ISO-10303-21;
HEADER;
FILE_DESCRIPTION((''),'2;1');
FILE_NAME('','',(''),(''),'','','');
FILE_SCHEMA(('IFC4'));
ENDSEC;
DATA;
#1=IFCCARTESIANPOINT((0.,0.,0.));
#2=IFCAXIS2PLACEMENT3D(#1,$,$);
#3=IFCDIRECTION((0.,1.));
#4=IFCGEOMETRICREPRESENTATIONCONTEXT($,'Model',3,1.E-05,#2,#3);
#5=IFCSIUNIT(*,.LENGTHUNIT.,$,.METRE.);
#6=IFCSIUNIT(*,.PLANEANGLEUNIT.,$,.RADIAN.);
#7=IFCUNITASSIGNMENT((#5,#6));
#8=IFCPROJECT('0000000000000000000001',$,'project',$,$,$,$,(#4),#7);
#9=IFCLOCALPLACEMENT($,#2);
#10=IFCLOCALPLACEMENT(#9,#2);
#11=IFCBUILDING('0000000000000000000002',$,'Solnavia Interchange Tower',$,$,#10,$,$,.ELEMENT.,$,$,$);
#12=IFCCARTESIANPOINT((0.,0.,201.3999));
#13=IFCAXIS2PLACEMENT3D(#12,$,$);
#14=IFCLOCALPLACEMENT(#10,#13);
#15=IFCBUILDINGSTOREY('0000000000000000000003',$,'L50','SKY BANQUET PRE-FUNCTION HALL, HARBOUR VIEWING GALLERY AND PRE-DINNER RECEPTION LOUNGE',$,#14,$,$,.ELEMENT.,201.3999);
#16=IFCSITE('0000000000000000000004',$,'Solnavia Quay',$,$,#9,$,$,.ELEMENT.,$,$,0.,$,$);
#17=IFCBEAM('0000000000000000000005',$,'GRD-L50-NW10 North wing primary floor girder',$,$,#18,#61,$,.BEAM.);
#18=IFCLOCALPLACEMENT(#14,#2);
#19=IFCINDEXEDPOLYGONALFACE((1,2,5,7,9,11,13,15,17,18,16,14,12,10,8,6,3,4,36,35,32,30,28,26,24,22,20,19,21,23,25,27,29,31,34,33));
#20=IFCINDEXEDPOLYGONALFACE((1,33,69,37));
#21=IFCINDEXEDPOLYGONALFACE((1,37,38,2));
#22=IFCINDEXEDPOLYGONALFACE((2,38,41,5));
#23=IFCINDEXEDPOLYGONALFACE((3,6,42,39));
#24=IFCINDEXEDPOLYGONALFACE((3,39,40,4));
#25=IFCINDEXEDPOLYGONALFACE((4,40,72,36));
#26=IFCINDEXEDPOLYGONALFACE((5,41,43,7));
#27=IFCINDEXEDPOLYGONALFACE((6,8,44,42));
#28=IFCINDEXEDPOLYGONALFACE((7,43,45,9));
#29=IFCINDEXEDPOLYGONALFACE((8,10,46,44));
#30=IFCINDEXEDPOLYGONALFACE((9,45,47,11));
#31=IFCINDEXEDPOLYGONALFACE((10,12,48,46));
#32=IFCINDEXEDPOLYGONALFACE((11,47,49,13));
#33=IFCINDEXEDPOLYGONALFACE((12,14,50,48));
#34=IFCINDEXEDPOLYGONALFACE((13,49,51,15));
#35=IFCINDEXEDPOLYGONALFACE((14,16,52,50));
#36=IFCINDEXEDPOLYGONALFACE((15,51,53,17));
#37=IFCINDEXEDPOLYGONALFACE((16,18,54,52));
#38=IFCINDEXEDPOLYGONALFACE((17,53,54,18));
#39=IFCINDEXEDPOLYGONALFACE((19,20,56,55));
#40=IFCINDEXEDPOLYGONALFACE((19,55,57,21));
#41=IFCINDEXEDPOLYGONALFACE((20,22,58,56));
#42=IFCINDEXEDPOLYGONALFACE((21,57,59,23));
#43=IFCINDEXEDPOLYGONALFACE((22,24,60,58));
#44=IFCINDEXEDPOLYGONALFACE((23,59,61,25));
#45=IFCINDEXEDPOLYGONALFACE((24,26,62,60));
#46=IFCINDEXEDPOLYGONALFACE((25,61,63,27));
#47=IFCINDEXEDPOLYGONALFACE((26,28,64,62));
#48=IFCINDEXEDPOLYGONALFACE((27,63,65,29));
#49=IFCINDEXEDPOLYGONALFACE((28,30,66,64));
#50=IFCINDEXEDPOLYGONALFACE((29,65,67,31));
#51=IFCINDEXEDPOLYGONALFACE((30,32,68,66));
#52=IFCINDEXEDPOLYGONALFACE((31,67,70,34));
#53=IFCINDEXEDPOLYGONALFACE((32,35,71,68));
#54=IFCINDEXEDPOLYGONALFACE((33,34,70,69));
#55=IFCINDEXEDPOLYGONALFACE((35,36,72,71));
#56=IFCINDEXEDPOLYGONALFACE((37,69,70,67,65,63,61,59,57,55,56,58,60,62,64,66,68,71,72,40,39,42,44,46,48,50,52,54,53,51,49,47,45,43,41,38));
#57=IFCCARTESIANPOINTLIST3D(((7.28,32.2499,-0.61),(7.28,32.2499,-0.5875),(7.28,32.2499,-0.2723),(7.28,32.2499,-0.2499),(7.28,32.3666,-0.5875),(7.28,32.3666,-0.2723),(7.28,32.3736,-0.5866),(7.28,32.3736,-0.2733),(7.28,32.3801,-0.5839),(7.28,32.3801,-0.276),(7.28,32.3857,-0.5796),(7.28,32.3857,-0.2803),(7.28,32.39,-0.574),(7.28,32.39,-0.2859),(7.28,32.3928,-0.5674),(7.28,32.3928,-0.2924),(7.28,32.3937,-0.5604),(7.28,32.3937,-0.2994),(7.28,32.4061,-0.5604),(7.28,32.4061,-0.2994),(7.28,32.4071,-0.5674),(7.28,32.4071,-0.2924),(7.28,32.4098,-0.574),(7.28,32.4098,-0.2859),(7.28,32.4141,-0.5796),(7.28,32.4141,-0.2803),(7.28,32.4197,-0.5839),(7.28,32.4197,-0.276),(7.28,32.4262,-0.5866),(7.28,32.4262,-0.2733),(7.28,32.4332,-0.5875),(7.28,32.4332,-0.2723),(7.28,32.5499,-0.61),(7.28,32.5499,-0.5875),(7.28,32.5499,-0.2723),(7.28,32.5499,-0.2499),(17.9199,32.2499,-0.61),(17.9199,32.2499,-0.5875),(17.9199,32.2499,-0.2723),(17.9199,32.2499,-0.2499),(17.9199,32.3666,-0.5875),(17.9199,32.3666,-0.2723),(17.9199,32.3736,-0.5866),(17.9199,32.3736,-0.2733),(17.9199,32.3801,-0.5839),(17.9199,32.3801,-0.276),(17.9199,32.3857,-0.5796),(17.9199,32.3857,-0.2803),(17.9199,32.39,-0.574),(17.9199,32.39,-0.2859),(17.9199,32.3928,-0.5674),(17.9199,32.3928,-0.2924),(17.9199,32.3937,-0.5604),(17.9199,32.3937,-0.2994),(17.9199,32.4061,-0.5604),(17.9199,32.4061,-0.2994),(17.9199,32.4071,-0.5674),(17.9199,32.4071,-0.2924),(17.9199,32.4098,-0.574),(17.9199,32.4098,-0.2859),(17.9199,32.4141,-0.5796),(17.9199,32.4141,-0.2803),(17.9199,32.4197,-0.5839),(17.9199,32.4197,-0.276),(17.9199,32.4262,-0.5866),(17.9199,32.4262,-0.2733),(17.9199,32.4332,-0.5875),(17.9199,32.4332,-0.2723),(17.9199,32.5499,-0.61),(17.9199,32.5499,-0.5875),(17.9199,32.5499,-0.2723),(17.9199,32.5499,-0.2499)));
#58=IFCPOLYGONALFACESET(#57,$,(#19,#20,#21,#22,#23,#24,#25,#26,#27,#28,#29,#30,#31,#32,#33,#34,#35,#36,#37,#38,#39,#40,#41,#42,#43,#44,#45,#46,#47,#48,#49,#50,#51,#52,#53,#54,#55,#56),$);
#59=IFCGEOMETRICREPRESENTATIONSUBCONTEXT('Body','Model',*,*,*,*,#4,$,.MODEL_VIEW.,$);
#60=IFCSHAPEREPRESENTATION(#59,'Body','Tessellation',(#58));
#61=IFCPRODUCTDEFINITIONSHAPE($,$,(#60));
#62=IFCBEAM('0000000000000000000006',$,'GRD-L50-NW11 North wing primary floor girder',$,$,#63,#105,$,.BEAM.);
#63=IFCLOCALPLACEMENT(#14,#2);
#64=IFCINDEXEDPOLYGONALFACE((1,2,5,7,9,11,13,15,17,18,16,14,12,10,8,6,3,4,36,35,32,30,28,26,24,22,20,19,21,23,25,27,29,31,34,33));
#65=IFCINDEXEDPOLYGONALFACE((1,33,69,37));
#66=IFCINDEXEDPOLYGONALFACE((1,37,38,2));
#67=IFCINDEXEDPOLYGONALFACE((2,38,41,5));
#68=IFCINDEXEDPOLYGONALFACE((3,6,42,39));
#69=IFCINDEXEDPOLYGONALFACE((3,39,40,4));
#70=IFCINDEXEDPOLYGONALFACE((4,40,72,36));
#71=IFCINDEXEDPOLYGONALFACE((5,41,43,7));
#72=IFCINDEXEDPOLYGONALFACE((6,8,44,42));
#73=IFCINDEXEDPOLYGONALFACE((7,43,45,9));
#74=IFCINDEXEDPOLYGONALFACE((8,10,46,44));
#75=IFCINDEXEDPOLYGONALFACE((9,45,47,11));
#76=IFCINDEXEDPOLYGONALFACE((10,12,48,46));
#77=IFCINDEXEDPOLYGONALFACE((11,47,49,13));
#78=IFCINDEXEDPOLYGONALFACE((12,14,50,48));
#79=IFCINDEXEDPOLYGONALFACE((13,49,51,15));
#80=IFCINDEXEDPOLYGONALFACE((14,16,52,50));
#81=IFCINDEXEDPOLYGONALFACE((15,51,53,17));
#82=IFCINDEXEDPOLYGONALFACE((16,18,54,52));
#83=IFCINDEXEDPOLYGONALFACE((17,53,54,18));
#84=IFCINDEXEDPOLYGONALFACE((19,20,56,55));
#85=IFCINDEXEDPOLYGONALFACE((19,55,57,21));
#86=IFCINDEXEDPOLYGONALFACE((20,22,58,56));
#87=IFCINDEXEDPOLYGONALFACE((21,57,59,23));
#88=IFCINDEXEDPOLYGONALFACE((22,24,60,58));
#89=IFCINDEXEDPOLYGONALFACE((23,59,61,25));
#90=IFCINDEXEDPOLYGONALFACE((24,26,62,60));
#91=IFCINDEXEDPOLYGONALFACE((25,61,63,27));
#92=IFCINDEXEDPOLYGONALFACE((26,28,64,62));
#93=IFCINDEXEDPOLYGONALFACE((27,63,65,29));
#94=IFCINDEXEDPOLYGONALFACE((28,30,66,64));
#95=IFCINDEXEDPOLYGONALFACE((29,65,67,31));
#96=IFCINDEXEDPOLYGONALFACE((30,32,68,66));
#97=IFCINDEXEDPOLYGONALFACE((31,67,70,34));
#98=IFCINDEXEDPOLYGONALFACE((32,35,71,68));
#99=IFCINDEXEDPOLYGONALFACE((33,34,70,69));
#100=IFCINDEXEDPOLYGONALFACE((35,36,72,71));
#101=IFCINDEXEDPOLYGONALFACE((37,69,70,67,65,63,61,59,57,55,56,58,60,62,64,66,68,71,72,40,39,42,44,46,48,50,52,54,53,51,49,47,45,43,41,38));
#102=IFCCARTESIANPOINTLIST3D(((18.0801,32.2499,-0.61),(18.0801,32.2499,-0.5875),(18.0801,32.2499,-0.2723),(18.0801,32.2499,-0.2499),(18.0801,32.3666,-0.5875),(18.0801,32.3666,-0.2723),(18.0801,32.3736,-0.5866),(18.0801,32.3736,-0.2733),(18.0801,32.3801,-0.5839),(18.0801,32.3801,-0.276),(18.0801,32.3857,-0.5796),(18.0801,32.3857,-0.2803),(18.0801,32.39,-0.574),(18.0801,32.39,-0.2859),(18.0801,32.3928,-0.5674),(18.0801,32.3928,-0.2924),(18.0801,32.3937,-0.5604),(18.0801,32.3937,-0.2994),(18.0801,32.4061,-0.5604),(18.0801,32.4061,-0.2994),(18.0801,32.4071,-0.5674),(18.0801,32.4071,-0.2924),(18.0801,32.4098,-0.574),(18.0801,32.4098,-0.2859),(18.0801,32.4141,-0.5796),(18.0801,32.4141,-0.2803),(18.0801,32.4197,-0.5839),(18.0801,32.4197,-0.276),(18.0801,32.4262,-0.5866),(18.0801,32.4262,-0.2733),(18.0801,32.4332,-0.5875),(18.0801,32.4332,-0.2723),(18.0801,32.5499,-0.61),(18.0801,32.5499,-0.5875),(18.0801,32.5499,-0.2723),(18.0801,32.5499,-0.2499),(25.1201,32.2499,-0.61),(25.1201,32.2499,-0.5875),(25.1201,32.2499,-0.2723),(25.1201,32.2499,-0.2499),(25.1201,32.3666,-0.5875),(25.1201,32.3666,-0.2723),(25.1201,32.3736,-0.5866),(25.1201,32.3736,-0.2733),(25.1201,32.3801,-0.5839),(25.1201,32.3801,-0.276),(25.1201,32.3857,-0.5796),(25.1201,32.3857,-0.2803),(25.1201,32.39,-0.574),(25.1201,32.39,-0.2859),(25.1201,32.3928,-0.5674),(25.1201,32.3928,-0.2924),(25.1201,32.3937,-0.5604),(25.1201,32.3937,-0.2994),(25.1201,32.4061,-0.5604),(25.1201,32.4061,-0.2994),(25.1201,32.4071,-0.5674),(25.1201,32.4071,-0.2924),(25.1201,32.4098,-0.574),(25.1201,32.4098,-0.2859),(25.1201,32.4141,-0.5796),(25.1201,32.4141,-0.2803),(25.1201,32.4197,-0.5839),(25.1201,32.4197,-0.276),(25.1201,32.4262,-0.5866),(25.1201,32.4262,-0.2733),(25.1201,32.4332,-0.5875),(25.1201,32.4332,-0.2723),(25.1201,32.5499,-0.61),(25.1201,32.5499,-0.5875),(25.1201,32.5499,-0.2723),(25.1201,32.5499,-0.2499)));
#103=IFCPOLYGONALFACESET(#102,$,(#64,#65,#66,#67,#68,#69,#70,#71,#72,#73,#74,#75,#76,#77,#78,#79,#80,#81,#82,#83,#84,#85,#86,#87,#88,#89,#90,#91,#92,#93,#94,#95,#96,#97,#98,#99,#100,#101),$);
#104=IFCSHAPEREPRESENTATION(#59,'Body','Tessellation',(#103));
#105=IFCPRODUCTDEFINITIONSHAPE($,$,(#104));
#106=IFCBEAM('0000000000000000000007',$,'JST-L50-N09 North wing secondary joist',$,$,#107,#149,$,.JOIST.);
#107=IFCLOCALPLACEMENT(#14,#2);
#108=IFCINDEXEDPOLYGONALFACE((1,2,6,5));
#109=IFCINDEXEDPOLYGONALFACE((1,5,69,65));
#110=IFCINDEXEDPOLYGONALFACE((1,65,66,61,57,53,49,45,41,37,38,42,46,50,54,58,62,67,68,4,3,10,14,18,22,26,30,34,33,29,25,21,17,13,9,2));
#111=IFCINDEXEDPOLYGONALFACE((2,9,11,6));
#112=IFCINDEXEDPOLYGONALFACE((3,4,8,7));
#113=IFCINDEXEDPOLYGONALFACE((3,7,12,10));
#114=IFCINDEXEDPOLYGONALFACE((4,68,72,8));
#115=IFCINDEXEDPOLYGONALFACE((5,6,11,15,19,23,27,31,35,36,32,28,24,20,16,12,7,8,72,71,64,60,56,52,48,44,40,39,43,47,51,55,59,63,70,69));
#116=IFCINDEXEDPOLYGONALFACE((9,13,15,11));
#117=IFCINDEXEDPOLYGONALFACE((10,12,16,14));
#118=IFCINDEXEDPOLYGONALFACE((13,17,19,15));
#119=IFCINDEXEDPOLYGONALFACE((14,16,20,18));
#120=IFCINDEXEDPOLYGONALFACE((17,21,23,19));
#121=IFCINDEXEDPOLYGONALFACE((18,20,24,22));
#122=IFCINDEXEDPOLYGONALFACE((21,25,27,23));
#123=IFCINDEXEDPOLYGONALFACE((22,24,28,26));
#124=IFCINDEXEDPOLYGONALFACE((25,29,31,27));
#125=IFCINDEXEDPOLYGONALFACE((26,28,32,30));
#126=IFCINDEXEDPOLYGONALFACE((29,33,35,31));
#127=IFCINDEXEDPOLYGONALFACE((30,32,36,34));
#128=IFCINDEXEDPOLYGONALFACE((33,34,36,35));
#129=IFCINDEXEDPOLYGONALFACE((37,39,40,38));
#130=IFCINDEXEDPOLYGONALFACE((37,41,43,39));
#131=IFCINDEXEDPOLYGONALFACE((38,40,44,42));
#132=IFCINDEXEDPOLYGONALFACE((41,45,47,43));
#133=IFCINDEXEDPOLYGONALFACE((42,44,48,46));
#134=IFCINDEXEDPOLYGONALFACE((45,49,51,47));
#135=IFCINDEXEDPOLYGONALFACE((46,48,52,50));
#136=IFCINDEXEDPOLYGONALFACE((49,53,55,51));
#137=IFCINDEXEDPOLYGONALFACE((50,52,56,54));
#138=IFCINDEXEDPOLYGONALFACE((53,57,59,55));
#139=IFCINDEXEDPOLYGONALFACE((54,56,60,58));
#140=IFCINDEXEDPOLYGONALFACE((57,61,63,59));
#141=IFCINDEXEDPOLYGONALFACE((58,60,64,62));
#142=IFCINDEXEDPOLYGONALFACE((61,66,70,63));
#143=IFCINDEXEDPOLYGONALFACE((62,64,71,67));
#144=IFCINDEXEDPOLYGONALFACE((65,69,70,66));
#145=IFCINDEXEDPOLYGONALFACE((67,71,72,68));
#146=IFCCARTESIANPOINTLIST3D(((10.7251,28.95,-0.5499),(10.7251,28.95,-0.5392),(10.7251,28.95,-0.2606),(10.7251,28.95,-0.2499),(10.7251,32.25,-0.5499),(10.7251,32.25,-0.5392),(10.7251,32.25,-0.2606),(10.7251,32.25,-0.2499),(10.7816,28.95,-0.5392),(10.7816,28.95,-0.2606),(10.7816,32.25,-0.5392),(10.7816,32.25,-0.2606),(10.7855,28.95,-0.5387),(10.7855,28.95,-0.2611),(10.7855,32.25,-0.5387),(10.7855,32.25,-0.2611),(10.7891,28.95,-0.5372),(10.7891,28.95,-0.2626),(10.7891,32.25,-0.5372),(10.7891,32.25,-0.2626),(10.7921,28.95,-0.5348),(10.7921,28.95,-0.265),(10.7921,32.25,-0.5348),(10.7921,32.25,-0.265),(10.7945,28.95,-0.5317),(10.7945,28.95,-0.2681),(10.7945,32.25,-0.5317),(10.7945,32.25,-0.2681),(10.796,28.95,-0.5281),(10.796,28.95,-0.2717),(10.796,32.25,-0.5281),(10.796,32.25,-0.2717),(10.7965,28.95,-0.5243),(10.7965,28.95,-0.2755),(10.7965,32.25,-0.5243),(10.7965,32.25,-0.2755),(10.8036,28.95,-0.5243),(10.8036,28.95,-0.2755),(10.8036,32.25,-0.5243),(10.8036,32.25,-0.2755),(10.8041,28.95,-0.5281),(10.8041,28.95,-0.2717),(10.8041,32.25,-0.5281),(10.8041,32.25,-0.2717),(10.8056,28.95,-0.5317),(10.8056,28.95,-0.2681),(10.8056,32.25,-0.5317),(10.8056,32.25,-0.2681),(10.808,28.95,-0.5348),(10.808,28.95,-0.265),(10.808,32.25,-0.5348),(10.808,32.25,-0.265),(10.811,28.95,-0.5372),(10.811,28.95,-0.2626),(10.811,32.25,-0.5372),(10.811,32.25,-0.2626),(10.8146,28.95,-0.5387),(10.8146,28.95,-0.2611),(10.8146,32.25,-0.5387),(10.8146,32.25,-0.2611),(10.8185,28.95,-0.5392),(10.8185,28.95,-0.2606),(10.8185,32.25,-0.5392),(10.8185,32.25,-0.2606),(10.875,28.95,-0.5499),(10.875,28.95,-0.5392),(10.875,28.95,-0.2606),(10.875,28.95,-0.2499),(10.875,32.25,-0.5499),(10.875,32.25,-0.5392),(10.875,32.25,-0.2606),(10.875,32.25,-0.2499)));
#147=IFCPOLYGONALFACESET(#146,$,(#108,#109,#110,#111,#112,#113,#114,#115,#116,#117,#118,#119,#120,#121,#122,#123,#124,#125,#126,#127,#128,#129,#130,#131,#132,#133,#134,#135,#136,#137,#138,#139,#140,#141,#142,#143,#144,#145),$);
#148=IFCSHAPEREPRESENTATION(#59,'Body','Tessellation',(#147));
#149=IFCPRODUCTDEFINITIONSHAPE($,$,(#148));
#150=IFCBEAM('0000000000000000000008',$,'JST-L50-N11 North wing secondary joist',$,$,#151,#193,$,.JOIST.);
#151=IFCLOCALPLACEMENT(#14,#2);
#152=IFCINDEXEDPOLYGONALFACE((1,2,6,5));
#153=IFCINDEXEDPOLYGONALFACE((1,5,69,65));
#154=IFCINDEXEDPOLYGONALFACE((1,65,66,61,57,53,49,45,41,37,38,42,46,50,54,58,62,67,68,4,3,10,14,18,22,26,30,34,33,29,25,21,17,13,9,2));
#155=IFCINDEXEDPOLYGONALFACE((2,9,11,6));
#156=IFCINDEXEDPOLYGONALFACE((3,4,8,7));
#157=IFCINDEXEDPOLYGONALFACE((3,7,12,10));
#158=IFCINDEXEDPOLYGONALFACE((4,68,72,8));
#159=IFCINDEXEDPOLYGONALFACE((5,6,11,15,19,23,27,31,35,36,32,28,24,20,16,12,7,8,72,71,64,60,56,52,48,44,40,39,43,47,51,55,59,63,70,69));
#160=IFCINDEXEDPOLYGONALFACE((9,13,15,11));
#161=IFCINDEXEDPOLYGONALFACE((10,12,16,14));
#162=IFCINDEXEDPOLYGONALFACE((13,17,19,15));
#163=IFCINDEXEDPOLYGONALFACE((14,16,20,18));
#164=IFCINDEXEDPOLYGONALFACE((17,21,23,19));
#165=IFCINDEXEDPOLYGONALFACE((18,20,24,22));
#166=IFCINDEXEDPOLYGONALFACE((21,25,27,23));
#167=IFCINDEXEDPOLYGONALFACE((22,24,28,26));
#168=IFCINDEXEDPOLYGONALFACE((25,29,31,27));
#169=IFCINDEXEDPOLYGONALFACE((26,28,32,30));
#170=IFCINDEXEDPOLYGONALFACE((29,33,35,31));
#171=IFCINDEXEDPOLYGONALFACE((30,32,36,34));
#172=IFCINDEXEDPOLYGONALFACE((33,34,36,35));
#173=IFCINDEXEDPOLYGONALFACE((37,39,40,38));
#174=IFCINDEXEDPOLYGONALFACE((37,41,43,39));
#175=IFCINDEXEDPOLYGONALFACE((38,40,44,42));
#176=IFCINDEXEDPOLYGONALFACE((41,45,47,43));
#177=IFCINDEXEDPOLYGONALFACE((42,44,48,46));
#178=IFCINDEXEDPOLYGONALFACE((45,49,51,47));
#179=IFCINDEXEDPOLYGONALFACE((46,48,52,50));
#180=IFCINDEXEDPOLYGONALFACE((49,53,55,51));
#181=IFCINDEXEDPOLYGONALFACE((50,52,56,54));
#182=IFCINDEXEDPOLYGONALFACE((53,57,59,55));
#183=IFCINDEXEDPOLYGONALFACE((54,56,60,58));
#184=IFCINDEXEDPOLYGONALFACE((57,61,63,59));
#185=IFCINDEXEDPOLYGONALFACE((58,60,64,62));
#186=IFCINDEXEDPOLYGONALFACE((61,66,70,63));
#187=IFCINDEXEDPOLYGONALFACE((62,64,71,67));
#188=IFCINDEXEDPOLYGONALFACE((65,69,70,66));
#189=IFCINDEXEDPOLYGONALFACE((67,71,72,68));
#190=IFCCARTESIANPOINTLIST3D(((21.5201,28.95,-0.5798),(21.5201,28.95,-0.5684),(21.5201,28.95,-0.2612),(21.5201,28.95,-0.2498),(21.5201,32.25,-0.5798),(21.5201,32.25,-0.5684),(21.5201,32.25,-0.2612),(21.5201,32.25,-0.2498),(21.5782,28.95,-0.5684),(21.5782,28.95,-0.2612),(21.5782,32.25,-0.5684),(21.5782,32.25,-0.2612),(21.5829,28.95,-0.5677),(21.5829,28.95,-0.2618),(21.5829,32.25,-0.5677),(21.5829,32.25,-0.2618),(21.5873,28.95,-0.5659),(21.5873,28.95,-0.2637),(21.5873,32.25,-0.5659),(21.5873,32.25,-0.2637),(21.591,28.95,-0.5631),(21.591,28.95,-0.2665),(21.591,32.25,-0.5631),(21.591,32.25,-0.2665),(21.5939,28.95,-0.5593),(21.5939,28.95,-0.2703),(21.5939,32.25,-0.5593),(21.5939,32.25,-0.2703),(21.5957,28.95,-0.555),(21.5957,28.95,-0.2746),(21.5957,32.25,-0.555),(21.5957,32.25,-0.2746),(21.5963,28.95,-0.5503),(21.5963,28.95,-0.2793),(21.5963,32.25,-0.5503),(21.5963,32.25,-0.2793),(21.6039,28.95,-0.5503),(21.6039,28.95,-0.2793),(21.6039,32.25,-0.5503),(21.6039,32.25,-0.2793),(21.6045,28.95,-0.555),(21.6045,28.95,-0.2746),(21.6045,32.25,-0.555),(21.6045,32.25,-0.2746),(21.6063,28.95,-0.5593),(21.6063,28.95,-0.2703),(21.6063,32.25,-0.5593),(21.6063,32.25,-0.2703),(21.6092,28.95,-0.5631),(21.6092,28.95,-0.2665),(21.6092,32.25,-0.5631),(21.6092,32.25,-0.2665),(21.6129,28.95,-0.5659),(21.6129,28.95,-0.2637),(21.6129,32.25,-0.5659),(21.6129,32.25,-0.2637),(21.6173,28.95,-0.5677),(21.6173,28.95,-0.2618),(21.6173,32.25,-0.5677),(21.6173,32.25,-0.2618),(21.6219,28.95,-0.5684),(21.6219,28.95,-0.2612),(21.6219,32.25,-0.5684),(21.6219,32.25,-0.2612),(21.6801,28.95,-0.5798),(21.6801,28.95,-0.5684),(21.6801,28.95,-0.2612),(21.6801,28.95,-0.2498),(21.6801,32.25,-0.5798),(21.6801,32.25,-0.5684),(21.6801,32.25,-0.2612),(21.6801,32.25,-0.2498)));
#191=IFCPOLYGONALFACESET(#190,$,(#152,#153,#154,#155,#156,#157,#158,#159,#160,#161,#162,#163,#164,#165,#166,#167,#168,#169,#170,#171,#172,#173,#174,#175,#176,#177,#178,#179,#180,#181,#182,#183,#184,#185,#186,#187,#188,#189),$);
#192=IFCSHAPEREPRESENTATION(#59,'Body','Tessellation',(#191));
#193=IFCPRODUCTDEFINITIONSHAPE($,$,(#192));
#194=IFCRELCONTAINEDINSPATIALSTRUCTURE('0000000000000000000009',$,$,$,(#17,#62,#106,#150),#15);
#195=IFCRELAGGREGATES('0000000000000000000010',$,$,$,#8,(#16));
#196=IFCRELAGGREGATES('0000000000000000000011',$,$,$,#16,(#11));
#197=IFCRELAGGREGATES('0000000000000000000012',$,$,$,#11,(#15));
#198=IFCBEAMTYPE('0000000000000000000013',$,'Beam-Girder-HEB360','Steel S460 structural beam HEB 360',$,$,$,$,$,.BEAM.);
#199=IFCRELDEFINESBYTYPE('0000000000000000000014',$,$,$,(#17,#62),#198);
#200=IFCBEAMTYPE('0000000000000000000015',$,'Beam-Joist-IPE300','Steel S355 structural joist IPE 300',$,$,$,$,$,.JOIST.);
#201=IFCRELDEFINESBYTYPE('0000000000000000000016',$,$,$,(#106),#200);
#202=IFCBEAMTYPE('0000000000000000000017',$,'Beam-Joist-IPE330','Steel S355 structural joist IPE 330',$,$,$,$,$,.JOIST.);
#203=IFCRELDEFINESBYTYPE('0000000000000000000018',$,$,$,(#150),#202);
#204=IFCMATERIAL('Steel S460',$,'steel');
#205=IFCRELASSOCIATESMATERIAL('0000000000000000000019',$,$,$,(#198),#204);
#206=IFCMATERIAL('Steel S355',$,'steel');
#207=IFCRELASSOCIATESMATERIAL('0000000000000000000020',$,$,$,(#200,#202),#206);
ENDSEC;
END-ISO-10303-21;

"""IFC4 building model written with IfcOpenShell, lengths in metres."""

from ifc_helpers import new_model, si_unit, direction, frame, origin, origin_2d, place, context, subcontext, project, spatial, i_section, extrude, material, material_profile, profile_set, type_object, element, save


model = new_model("IFC4")

# Units and contexts
model_context = context("Model", 3, precision=1e-05, world=origin(), true_north=direction((0.0, 1.0)))
body_context = subcontext(model_context, "Body", "Model", "MODEL_VIEW")
ifc_project = project(units=[si_unit("LENGTHUNIT", "METRE"), si_unit("PLANEANGLEUNIT", "RADIAN")], contexts=[model_context])

# Site, building, storey
site_placement = place(None, origin())
site = spatial("IfcSite", under=ifc_project, at=site_placement, Name="Solnavia Quay", CompositionType="ELEMENT", RefElevation=0.0)
building_placement = place(site_placement, origin())
building = spatial("IfcBuilding", under=site, at=building_placement, Name="Solnavia Interchange Tower", CompositionType="ELEMENT")
storey_placement = place(building_placement, frame((0.0, 0.0, 201.3999)))
storey = spatial("IfcBuildingStorey", under=building, at=storey_placement, Name="L50", Description="SKY BANQUET PRE-FUNCTION HALL, HARBOUR VIEWING GALLERY AND PRE-DINNER RECEPTION LOUNGE", CompositionType="ELEMENT", Elevation=201.3999)

# Shared definitions
ifc_material_1 = material(Name="Steel S355", Category="steel")

# Beams
ifc_material_2 = material(Name="Steel S460", Category="steel")
ifc_material_profile_1 = material_profile(ifc_material_2, i_section(OverallWidth=0.3, OverallDepth=0.3601, WebThickness=0.0125, FlangeThickness=0.0225, FilletRadius=0.0271, at=origin_2d()), Name="HEB 360")
ifc_profile_set_1 = profile_set([ifc_material_profile_1], Name="Steel S460")
beam_type_1 = type_object("IfcBeamType", Name="Beam-Girder-HEB360", Description="Steel S460 structural beam HEB 360", PredefinedType="BEAM", material=ifc_profile_set_1)
beam_1_placement = place(storey_placement, frame((7.28, 32.3999, -0.4299), z_axis=(1.0, 0.0, 0.0), x_axis=(0.0, 1.0, 0.0)))
element("IfcBeam", 1, at=beam_1_placement, inside=storey, type_object=beam_type_1, Name="GRD-L50-NW10 North wing primary floor girder", PredefinedType="BEAM", context=body_context, shape_type="SweptSolid", body=[
    extrude(i_section(OverallWidth=0.3, OverallDepth=0.3601, WebThickness=0.0125, FlangeThickness=0.0225, FilletRadius=0.0271, at=origin_2d()), origin(), (0.0, 0.0, 1.0), 10.6399),
])
beam_2_placement = place(storey_placement, frame((18.0801, 32.3999, -0.4299), z_axis=(1.0, 0.0, 0.0), x_axis=(0.0, 1.0, 0.0)))
element("IfcBeam", 2, at=beam_2_placement, inside=storey, type_object=beam_type_1, Name="GRD-L50-NW11 North wing primary floor girder", PredefinedType="BEAM", context=body_context, shape_type="SweptSolid", body=[
    extrude(i_section(OverallWidth=0.3, OverallDepth=0.3601, WebThickness=0.0125, FlangeThickness=0.0225, FilletRadius=0.0271, at=origin_2d()), origin(), (0.0, 0.0, 1.0), 7.04),
])
ifc_material_profile_2 = material_profile(ifc_material_1, i_section(OverallWidth=0.1499, OverallDepth=0.3, WebThickness=0.0071, FlangeThickness=0.0107, FilletRadius=0.0149, at=origin_2d()), Name="IPE 300")
ifc_profile_set_2 = profile_set([ifc_material_profile_2], Name="Steel S355")
beam_type_2 = type_object("IfcBeamType", Name="Beam-Joist-IPE300", Description="Steel S355 structural joist IPE 300", PredefinedType="JOIST", material=ifc_profile_set_2)
beam_3_placement = place(storey_placement, frame((10.8, 28.95, -0.3999), z_axis=(0.0, 1.0, 0.0), x_axis=(-1.0, 0.0, 0.0)))
element("IfcBeam", 3, at=beam_3_placement, inside=storey, type_object=beam_type_2, Name="JST-L50-N09 North wing secondary joist", PredefinedType="JOIST", context=body_context, shape_type="SweptSolid", body=[
    extrude(i_section(OverallWidth=0.1499, OverallDepth=0.3, WebThickness=0.0071, FlangeThickness=0.0107, FilletRadius=0.0149, at=origin_2d()), origin(), (0.0, 0.0, 1.0), 3.3),
])
ifc_material_profile_3 = material_profile(ifc_material_1, i_section(OverallWidth=0.1599, OverallDepth=0.3301, WebThickness=0.0076, FlangeThickness=0.0115, FilletRadius=0.0181, at=origin_2d()), Name="IPE 330")
ifc_profile_set_3 = profile_set([ifc_material_profile_3], Name="Steel S355")
beam_type_3 = type_object("IfcBeamType", Name="Beam-Joist-IPE330", Description="Steel S355 structural joist IPE 330", PredefinedType="JOIST", material=ifc_profile_set_3)
beam_4_placement = place(storey_placement, frame((21.6001, 28.95, -0.4148), z_axis=(0.0, 1.0, 0.0), x_axis=(-1.0, 0.0, 0.0)))
element("IfcBeam", 4, at=beam_4_placement, inside=storey, type_object=beam_type_3, Name="JST-L50-N11 North wing secondary joist", PredefinedType="JOIST", context=body_context, shape_type="SweptSolid", body=[
    extrude(i_section(OverallWidth=0.1599, OverallDepth=0.3301, WebThickness=0.0076, FlangeThickness=0.0115, FilletRadius=0.0181, at=origin_2d()), origin(), (0.0, 0.0, 1.0), 3.3),
])

save(model, "model.ifc")
